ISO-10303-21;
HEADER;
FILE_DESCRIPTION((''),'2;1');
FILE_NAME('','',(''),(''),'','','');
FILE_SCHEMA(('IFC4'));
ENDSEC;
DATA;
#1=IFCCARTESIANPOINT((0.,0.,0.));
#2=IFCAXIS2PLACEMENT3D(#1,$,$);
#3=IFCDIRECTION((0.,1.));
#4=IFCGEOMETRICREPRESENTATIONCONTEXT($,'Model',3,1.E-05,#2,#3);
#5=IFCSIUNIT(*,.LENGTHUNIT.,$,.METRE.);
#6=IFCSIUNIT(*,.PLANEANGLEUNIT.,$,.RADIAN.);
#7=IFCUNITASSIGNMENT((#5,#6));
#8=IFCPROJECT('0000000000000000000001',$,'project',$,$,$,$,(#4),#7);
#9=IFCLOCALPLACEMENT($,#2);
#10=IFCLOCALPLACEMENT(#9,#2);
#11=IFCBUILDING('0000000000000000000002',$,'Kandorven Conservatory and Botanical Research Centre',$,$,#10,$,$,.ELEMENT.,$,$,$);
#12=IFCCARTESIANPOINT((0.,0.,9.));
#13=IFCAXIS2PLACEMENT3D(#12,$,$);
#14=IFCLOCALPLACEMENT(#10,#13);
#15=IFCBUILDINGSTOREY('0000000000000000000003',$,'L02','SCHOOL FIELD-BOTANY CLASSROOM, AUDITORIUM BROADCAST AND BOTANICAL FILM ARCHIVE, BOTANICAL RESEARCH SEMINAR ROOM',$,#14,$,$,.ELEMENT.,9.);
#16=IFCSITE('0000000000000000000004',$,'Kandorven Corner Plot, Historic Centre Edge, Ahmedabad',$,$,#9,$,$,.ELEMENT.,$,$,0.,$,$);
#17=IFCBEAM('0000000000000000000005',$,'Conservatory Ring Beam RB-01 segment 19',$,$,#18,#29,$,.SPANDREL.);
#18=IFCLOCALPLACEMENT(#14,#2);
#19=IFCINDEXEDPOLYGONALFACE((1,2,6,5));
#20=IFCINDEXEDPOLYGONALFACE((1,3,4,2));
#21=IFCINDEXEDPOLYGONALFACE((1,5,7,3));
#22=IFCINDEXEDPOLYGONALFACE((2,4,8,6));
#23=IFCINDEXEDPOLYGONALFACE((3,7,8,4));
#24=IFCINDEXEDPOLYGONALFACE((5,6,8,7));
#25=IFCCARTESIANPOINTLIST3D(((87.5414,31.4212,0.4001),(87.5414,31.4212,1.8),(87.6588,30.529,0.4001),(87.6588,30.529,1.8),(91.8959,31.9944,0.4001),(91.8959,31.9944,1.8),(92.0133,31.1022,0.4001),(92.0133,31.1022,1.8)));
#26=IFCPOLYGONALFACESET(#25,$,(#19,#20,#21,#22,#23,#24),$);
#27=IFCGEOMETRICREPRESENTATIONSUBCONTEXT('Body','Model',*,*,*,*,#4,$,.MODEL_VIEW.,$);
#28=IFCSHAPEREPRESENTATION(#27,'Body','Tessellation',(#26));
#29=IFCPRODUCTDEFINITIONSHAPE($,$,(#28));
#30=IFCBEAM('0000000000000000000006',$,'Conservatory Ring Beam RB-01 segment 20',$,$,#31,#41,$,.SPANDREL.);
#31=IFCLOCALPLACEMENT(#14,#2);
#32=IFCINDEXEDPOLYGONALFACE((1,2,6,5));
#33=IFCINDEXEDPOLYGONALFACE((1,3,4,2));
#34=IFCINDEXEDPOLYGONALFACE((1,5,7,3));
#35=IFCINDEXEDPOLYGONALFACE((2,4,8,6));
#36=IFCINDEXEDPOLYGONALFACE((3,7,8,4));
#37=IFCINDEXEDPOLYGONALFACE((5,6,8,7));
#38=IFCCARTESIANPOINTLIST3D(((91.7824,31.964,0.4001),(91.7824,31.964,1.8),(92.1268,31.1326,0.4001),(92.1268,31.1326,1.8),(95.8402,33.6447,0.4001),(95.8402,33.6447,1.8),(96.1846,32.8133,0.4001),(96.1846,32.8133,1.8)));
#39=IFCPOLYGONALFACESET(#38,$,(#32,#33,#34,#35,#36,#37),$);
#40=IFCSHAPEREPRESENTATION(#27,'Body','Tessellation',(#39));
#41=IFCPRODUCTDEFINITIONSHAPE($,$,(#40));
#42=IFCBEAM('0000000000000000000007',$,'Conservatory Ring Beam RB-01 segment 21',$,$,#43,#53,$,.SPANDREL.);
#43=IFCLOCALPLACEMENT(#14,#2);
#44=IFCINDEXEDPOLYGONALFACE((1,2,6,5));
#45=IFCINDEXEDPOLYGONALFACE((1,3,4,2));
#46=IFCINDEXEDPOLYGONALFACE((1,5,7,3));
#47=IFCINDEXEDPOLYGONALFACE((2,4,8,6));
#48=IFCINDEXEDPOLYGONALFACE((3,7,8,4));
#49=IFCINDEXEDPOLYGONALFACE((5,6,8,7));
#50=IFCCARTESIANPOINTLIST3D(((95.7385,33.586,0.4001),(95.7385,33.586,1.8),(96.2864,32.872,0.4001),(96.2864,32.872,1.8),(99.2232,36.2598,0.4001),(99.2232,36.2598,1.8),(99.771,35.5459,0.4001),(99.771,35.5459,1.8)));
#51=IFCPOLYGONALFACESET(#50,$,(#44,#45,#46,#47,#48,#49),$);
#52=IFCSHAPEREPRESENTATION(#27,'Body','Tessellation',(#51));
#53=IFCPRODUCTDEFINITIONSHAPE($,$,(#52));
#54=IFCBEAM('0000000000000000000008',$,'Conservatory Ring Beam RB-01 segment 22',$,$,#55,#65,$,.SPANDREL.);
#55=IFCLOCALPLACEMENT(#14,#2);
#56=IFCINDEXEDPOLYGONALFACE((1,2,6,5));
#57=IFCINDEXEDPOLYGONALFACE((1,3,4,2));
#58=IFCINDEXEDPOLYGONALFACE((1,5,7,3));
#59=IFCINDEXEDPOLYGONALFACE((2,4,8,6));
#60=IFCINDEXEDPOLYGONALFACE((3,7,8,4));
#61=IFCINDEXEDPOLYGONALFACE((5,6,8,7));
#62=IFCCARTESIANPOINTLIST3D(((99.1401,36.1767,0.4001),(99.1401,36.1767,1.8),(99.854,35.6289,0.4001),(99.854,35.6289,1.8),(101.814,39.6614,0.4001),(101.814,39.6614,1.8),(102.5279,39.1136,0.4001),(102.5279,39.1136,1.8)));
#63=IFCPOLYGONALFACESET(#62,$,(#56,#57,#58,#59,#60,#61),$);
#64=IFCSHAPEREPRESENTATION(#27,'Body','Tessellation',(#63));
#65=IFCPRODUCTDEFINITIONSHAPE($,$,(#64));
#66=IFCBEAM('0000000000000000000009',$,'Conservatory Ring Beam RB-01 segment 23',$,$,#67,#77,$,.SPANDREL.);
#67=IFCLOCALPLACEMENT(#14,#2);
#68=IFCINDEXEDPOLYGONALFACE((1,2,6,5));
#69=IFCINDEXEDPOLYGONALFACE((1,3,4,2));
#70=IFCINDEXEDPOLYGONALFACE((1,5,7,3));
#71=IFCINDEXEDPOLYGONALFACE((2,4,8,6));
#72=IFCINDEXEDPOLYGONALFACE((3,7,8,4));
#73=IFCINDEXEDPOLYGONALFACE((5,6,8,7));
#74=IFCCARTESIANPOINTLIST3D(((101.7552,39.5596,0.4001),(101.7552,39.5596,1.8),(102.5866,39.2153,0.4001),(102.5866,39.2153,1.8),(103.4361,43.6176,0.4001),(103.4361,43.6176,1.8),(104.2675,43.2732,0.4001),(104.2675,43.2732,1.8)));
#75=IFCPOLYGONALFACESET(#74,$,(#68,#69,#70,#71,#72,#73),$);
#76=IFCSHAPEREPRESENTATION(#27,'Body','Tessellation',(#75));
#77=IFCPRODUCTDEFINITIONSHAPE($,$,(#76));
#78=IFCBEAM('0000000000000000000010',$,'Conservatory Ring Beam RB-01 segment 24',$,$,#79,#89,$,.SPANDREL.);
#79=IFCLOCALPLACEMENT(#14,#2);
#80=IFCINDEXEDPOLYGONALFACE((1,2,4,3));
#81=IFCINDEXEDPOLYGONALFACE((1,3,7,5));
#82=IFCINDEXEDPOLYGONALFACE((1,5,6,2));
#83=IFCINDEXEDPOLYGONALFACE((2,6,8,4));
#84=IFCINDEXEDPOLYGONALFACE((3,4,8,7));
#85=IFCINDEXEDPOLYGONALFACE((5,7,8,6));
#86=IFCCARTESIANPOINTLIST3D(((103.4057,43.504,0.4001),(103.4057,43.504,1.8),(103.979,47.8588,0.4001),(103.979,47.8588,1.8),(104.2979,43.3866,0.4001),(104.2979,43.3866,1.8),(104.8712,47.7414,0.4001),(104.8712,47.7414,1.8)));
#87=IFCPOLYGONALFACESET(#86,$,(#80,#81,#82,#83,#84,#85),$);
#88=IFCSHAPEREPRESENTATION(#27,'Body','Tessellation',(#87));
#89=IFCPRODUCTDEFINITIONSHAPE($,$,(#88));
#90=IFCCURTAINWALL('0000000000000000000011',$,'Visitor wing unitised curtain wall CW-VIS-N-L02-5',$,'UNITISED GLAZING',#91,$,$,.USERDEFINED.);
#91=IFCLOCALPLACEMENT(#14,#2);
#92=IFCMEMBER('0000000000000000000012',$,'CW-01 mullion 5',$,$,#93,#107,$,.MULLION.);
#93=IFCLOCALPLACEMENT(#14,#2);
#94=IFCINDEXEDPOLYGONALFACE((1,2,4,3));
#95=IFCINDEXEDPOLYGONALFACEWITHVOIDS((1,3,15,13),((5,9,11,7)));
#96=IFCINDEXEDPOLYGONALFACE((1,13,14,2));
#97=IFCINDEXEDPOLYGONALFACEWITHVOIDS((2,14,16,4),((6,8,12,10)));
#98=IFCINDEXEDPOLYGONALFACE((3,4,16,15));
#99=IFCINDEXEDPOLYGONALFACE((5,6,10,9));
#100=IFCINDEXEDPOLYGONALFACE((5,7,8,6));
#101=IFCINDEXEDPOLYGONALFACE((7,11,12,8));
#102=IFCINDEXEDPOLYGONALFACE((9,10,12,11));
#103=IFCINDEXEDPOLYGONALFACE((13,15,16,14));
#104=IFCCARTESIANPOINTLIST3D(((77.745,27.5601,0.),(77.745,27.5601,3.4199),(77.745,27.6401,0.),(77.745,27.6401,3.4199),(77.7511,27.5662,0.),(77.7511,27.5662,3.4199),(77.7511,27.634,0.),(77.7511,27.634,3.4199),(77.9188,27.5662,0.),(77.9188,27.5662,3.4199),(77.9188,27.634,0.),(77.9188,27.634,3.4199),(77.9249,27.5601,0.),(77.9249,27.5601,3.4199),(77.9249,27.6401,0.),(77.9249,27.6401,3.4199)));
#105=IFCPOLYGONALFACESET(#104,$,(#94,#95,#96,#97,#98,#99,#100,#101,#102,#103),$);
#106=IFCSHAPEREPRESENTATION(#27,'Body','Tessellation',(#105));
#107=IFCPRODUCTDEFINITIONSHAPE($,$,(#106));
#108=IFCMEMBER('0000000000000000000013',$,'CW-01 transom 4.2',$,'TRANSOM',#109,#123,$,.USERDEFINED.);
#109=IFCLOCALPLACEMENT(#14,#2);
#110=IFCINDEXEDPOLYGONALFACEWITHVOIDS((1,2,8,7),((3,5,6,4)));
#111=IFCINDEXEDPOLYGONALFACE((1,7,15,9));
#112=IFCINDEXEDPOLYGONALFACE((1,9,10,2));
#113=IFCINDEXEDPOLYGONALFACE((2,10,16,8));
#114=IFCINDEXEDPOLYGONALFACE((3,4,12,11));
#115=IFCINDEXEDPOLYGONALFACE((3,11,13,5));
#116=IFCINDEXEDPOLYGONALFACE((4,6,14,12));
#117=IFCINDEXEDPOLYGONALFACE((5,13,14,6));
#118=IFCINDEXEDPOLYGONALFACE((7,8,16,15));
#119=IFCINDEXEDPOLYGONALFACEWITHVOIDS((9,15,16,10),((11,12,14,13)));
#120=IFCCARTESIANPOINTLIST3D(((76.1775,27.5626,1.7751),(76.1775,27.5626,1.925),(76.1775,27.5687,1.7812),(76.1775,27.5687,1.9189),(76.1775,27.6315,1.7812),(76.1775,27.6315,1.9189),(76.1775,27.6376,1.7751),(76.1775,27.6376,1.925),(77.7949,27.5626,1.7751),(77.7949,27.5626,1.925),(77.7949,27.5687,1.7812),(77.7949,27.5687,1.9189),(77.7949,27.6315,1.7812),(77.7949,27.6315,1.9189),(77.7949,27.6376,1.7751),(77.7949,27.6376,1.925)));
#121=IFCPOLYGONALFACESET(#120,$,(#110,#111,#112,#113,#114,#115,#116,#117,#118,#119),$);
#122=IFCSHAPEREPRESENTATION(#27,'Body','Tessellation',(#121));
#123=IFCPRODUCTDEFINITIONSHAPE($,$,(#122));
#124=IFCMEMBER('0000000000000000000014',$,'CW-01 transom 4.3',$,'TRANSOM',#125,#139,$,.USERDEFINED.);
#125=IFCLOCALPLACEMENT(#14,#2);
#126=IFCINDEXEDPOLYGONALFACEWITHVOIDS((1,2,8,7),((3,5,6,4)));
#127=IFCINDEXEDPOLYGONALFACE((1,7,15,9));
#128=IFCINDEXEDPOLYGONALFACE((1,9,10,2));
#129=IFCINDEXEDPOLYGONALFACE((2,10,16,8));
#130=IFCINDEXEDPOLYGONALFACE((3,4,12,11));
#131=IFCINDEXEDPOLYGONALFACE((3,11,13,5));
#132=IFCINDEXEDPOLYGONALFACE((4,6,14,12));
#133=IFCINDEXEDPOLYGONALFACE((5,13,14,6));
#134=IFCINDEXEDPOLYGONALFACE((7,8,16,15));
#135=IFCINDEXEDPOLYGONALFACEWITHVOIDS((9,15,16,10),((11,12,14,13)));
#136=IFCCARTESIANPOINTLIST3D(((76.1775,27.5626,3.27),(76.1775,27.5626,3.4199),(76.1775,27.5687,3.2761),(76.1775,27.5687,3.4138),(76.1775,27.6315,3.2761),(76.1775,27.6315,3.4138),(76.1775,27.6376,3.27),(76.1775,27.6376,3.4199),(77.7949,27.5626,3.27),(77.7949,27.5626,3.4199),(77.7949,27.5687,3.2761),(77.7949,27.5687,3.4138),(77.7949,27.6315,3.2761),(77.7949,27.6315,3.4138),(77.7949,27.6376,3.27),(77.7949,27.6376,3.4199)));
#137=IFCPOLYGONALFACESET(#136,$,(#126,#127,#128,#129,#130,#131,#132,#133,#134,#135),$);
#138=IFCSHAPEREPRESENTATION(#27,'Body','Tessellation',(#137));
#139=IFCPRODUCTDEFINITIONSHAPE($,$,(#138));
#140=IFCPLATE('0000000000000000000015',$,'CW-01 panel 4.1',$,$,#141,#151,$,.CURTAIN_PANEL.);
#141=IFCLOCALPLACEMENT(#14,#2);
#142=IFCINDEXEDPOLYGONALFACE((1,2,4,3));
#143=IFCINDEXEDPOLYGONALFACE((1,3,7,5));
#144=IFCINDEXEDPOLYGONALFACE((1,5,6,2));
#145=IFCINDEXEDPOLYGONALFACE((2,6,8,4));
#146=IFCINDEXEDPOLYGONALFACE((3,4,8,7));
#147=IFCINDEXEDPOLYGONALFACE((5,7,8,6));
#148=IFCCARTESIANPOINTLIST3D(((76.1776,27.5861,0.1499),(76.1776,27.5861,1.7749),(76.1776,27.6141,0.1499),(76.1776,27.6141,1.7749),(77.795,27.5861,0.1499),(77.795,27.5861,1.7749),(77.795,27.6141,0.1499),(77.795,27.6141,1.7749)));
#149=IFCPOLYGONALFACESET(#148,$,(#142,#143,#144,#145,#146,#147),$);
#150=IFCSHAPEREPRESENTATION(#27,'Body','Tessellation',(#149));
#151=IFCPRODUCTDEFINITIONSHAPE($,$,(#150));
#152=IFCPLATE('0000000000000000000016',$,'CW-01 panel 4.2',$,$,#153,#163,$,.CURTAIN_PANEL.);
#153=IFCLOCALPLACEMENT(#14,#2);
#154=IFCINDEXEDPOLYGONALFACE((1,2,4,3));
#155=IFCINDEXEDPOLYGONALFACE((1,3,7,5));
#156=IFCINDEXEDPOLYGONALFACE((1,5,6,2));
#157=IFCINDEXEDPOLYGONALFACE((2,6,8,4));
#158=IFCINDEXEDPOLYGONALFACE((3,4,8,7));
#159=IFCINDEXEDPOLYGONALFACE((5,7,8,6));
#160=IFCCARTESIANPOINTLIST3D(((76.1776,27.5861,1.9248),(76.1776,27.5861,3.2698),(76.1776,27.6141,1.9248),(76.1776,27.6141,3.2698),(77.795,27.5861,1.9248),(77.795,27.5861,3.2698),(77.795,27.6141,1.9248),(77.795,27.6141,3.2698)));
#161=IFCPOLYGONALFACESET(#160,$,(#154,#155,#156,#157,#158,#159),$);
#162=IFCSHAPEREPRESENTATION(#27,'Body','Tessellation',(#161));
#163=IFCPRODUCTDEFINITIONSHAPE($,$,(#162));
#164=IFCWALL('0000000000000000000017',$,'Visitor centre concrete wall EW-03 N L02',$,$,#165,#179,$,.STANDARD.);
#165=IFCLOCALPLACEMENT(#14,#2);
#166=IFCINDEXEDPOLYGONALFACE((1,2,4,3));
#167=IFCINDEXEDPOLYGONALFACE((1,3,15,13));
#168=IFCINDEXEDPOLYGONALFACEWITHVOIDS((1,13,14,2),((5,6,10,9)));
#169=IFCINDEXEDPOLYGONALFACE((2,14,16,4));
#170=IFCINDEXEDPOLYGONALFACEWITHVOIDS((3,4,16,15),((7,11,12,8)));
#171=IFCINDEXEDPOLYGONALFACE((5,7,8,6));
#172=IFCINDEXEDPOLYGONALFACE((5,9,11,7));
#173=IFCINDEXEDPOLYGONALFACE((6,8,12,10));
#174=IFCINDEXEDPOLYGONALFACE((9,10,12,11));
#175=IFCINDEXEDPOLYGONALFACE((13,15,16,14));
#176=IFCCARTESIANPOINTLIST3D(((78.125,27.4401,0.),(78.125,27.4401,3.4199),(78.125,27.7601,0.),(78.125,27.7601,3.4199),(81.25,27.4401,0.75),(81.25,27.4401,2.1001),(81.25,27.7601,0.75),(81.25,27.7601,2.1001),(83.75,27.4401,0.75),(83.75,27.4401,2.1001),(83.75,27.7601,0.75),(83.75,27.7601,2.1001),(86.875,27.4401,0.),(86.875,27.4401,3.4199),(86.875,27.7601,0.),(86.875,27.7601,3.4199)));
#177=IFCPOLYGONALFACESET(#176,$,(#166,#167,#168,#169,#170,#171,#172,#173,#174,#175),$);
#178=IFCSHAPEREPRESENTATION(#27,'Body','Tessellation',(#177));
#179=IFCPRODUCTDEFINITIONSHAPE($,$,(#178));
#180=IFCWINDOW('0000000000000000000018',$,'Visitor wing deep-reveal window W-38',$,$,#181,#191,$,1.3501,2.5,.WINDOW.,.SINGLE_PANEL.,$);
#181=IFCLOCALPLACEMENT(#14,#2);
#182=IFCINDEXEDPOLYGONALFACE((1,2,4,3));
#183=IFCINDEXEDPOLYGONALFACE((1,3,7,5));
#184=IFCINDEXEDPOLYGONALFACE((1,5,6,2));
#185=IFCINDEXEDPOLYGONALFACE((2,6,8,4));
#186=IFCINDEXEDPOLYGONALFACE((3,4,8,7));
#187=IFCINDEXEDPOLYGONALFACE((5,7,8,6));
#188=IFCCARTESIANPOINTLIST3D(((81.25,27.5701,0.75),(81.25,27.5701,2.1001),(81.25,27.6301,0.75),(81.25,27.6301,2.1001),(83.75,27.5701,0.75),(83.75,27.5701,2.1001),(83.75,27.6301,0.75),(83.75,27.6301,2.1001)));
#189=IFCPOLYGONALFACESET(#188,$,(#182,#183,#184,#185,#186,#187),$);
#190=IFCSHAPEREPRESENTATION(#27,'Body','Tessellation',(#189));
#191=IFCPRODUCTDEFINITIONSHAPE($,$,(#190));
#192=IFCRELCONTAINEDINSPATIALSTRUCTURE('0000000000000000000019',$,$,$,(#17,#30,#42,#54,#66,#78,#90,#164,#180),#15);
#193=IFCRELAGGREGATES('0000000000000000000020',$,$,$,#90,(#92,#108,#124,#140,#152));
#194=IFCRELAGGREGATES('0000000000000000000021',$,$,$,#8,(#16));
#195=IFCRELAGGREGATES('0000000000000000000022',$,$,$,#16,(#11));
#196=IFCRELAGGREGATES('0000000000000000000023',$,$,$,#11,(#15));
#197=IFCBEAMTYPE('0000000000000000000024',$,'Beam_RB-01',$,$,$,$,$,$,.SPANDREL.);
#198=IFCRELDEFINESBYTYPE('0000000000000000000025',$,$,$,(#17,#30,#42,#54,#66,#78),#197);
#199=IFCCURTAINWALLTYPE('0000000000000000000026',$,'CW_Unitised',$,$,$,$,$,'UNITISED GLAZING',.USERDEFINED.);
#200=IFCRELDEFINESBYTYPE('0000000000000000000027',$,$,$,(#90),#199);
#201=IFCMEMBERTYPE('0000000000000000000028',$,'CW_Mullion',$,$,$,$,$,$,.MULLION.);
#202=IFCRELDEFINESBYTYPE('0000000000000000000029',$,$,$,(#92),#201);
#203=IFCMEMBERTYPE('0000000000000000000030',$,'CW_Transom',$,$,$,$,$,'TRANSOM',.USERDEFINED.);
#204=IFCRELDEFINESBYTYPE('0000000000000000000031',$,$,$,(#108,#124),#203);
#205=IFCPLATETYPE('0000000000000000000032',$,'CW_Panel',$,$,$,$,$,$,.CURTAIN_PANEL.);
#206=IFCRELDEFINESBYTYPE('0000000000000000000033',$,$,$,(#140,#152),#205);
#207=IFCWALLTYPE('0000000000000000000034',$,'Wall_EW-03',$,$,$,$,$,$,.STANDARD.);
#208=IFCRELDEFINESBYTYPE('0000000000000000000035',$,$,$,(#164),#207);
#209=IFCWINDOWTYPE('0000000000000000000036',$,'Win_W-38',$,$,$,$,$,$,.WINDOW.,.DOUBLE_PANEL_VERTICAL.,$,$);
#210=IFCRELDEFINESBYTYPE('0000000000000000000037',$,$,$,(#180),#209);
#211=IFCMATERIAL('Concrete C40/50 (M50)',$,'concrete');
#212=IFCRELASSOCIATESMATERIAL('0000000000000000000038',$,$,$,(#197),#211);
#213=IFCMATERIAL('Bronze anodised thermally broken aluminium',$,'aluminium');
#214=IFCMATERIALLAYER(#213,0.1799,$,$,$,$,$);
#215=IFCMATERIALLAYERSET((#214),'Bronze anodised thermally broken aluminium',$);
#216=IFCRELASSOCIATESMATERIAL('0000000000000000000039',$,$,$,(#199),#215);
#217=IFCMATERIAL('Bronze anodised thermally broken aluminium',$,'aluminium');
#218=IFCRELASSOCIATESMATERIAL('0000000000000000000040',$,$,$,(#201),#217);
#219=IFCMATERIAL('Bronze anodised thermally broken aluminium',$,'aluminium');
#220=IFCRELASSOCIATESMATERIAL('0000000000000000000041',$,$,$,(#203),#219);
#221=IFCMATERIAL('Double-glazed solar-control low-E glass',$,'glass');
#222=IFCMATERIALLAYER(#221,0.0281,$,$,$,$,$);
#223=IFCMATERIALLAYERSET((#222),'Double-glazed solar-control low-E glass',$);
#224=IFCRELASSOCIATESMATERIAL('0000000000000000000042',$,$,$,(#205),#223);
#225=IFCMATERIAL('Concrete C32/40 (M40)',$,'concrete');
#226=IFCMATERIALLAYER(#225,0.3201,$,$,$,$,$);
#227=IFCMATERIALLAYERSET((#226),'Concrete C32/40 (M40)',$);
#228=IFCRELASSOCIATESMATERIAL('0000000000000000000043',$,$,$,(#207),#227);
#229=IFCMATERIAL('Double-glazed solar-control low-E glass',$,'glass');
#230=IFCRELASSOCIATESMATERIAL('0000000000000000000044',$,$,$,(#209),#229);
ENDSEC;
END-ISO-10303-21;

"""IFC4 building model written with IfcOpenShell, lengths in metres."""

from ifc_helpers import new_model, si_unit, direction, frame, frame_2d, origin, origin_2d, place, context, subcontext, project, spatial, rectangle, hollow_rectangle, extrude, material, layer, layer_set, material_profile, profile_set, type_object, element, fill, aggregate, save


model = new_model("IFC4")

# Units and contexts
model_context = context("Model", 3, precision=1e-05, world=origin(), true_north=direction((0.0, 1.0)))
body_context = subcontext(model_context, "Body", "Model", "MODEL_VIEW")
ifc_project = project(units=[si_unit("LENGTHUNIT", "METRE"), si_unit("PLANEANGLEUNIT", "RADIAN")], contexts=[model_context])

# Site, building, storey
site_placement = place(None, origin())
site = spatial("IfcSite", under=ifc_project, at=site_placement, Name="Kandorven Corner Plot, Historic Centre Edge, Ahmedabad", CompositionType="ELEMENT", RefElevation=0.0)
building_placement = place(site_placement, origin())
building = spatial("IfcBuilding", under=site, at=building_placement, Name="Kandorven Conservatory and Botanical Research Centre", CompositionType="ELEMENT")
storey_placement = place(building_placement, frame((0.0, 0.0, 9.0)))
storey = spatial("IfcBuildingStorey", under=building, at=storey_placement, Name="L02", Description="SCHOOL FIELD-BOTANY CLASSROOM, AUDITORIUM BROADCAST AND BOTANICAL FILM ARCHIVE, BOTANICAL RESEARCH SEMINAR ROOM", CompositionType="ELEMENT", Elevation=9.0)

# Beams
ifc_material_1 = material(Name="Concrete C40/50 (M50)", Category="concrete")
ifc_material_profile_1 = material_profile(ifc_material_1, rectangle(XDim=0.8999, YDim=1.3999, at=origin_2d()))
ifc_profile_set_1 = profile_set([ifc_material_profile_1], Name="Concrete C40/50 (M50)")
beam_type_1 = type_object("IfcBeamType", Name="Beam_RB-01", PredefinedType="SPANDREL", material=ifc_profile_set_1)
for number, where, z_axis, x_axis, name in (
    (1, (87.6001, 30.9751, 1.1001), (0.991446, 0.130518, 0.0), (-0.130518, 0.991446, 0.0), "Conservatory Ring Beam RB-01 segment 19"),
    (2, (91.9546, 31.5483, 1.1001), (0.923892, 0.382653, 0.0), (-0.382653, 0.923892, 0.0), "Conservatory Ring Beam RB-01 segment 20"),
):
    element("IfcBeam", number, at=place(storey_placement, frame(where, z_axis=z_axis, x_axis=x_axis)), inside=storey, type_object=beam_type_1, Name=name, PredefinedType="SPANDREL", context=body_context, shape_type="SweptSolid", body=[
        extrude(rectangle(XDim=0.8999, YDim=1.3999, at=origin_2d()), origin(), (0.0, 0.0, 1.0), 4.3921),
    ])
for number, where, z_axis, x_axis, name in (
    (3, (96.0125, 33.229, 1.1001), (0.793355, 0.608759, 0.0), (-0.608759, 0.793355, 0.0), "Conservatory Ring Beam RB-01 segment 21"),
    (4, (99.4971, 35.9028, 1.1001), (0.608759, 0.793355, 0.0), (-0.793355, 0.608759, 0.0), "Conservatory Ring Beam RB-01 segment 22"),
    (5, (102.1709, 39.3875, 1.1001), (0.3827, 0.923873, 0.0), (-0.923873, 0.3827, 0.0), "Conservatory Ring Beam RB-01 segment 23"),
    (6, (103.8518, 43.4453, 1.1001), (0.130511, 0.991447, 0.0), (-0.991447, 0.130511, 0.0), "Conservatory Ring Beam RB-01 segment 24"),
):
    element("IfcBeam", number, at=place(storey_placement, frame(where, z_axis=z_axis, x_axis=x_axis)), inside=storey, type_object=beam_type_1, Name=name, PredefinedType="SPANDREL", context=body_context, shape_type="SweptSolid", body=[
        extrude(rectangle(XDim=0.8999, YDim=1.3999, at=origin_2d()), origin(), (0.0, 0.0, 1.0), 4.3923),
    ])

# Curtain wall, members, plates
ifc_material_2 = material(Name="Bronze anodised thermally broken aluminium", Category="aluminium")
ifc_layer_1 = layer(ifc_material_2, 0.1799)
ifc_layer_set_1 = layer_set([ifc_layer_1], Name="Bronze anodised thermally broken aluminium")
curtain_wall_type = type_object("IfcCurtainWallType", Name="CW_Unitised", ElementType="UNITISED GLAZING", PredefinedType="USERDEFINED", material=ifc_layer_set_1)
curtain_wall_placement = place(storey_placement, origin())
curtain_wall = element("IfcCurtainWall", 7, at=curtain_wall_placement, inside=storey, type_object=curtain_wall_type, Name="Visitor wing unitised curtain wall CW-VIS-N-L02-5", ObjectType="UNITISED GLAZING", PredefinedType="USERDEFINED")
ifc_material_3 = material(Name="Bronze anodised thermally broken aluminium", Category="aluminium")
ifc_material_profile_2 = material_profile(ifc_material_3, hollow_rectangle(XDim=0.0801, YDim=0.1799, WallThickness=0.0061, at=origin_2d()))
ifc_profile_set_2 = profile_set([ifc_material_profile_2], Name="Bronze anodised thermally broken aluminium")
member_type_1 = type_object("IfcMemberType", Name="CW_Mullion", PredefinedType="MULLION", material=ifc_profile_set_2)
member_1_placement = place(storey_placement, frame((77.835, 27.6001, 0.0), z_axis=(0.0, 0.0, 1.0), x_axis=(0.0, 1.0, 0.0)))
member_1 = element("IfcMember", 8, at=member_1_placement, type_object=member_type_1, Name="CW-01 mullion 5", PredefinedType="MULLION", context=body_context, shape_type="SweptSolid", body=[
    extrude(hollow_rectangle(XDim=0.0801, YDim=0.1799, WallThickness=0.0061, at=origin_2d()), origin(), (0.0, 0.0, 1.0), 3.4199),
])
ifc_material_4 = material(Name="Bronze anodised thermally broken aluminium", Category="aluminium")
ifc_material_profile_3 = material_profile(ifc_material_4, hollow_rectangle(XDim=0.075, YDim=0.1499, WallThickness=0.0061, at=origin_2d()))
ifc_profile_set_3 = profile_set([ifc_material_profile_3], Name="Bronze anodised thermally broken aluminium")
member_type_2 = type_object("IfcMemberType", Name="CW_Transom", ElementType="TRANSOM", PredefinedType="USERDEFINED", material=ifc_profile_set_3)
member_2_placement = place(storey_placement, frame((76.1775, 27.6001, 1.8501), z_axis=(1.0, 0.0, 0.0), x_axis=(0.0, 1.0, 0.0)))
member_2 = element("IfcMember", 9, at=member_2_placement, type_object=member_type_2, Name="CW-01 transom 4.2", ObjectType="TRANSOM", PredefinedType="USERDEFINED", context=body_context, shape_type="SweptSolid", body=[
    extrude(hollow_rectangle(XDim=0.075, YDim=0.1499, WallThickness=0.0061, at=origin_2d()), origin(), (0.0, 0.0, 1.0), 1.6174),
])
member_3_placement = place(storey_placement, frame((76.1775, 27.6001, 3.345), z_axis=(1.0, 0.0, 0.0), x_axis=(0.0, 1.0, 0.0)))
member_3 = element("IfcMember", 10, at=member_3_placement, type_object=member_type_2, Name="CW-01 transom 4.3", ObjectType="TRANSOM", PredefinedType="USERDEFINED", context=body_context, shape_type="SweptSolid", body=[
    extrude(hollow_rectangle(XDim=0.075, YDim=0.1499, WallThickness=0.0061, at=origin_2d()), origin(), (0.0, 0.0, 1.0), 1.6174),
])
ifc_material_5 = material(Name="Double-glazed solar-control low-E glass", Category="glass")
ifc_layer_2 = layer(ifc_material_5, 0.0281)
ifc_layer_set_2 = layer_set([ifc_layer_2], Name="Double-glazed solar-control low-E glass")
plate_type = type_object("IfcPlateType", Name="CW_Panel", PredefinedType="CURTAIN_PANEL", material=ifc_layer_set_2)
plate_1_placement = place(storey_placement, frame((76.9863, 27.6001, 0.1499), z_axis=(0.0, 0.0, 1.0), x_axis=(1.0, 0.0, 0.0)))
plate_1 = element("IfcPlate", 11, at=plate_1_placement, type_object=plate_type, Name="CW-01 panel 4.1", PredefinedType="CURTAIN_PANEL", context=body_context, shape_type="SweptSolid", body=[
    extrude(rectangle(XDim=1.6174, YDim=0.0281, at=origin_2d()), origin(), (0.0, 0.0, 1.0), 1.625),
])
plate_2_placement = place(storey_placement, frame((76.9863, 27.6001, 1.9248), z_axis=(0.0, 0.0, 1.0), x_axis=(1.0, 0.0, 0.0)))
plate_2 = element("IfcPlate", 12, at=plate_2_placement, type_object=plate_type, Name="CW-01 panel 4.2", PredefinedType="CURTAIN_PANEL", context=body_context, shape_type="SweptSolid", body=[
    extrude(rectangle(XDim=1.6174, YDim=0.0281, at=origin_2d()), origin(), (0.0, 0.0, 1.0), 1.345),
])
aggregate(curtain_wall, [member_1, member_2, member_3, plate_1, plate_2])

# Wall, opening, window
ifc_material_6 = material(Name="Concrete C32/40 (M40)", Category="concrete")
ifc_layer_3 = layer(ifc_material_6, 0.3201)
ifc_layer_set_3 = layer_set([ifc_layer_3], Name="Concrete C32/40 (M40)")
wall_type = type_object("IfcWallType", Name="Wall_EW-03", PredefinedType="STANDARD", material=ifc_layer_set_3)
wall_placement = place(storey_placement, frame((78.125, 27.6001, 0.0), z_axis=(0.0, 0.0, 1.0), x_axis=(1.0, 0.0, 0.0)))
wall = element("IfcWall", 13, at=wall_placement, inside=storey, type_object=wall_type, Name="Visitor centre concrete wall EW-03 N L02", PredefinedType="STANDARD", context=body_context, shape_type="SweptSolid", body=[
    extrude(rectangle(XDim=8.75, YDim=0.3201, at=frame_2d((4.375, 0.0))), origin(), (0.0, 0.0, 1.0), 3.4199),
])
opening_placement = place(wall_placement, frame((3.125, 0.0, 0.75)))
opening = element("IfcOpeningElement", 14, at=opening_placement, cuts=wall, PredefinedType="OPENING", context=body_context, shape_type="SweptSolid", body=[
    extrude(rectangle(XDim=2.5, YDim=1.3501, at=frame_2d((1.25, 0.675))), frame((0.0, 0.1699, 0.0), z_axis=(0.0, -1.0, 0.0), x_axis=(1.0, 0.0, 0.0)), (0.0, 0.0, 1.0), 0.3401),
])
ifc_material_7 = material(Name="Double-glazed solar-control low-E glass", Category="glass")
window_type = type_object("IfcWindowType", Name="Win_W-38", PartitioningType="DOUBLE_PANEL_VERTICAL", PredefinedType="WINDOW", material=ifc_material_7)
window_placement = place(opening_placement, origin())
window = element("IfcWindow", 15, at=window_placement, inside=storey, type_object=window_type, Name="Visitor wing deep-reveal window W-38", OverallHeight=1.3501, OverallWidth=2.5, PartitioningType="SINGLE_PANEL", PredefinedType="WINDOW", context=body_context, shape_type="SweptSolid", body=[
    extrude(rectangle(XDim=2.5, YDim=1.3501, at=frame_2d((1.25, 0.675))), frame((0.0, 0.03, 0.0), z_axis=(0.0, -1.0, 0.0), x_axis=(1.0, 0.0, 0.0)), (0.0, 0.0, 1.0), 0.0601),
])
fill(opening, window)

save(model, "model.ifc")
